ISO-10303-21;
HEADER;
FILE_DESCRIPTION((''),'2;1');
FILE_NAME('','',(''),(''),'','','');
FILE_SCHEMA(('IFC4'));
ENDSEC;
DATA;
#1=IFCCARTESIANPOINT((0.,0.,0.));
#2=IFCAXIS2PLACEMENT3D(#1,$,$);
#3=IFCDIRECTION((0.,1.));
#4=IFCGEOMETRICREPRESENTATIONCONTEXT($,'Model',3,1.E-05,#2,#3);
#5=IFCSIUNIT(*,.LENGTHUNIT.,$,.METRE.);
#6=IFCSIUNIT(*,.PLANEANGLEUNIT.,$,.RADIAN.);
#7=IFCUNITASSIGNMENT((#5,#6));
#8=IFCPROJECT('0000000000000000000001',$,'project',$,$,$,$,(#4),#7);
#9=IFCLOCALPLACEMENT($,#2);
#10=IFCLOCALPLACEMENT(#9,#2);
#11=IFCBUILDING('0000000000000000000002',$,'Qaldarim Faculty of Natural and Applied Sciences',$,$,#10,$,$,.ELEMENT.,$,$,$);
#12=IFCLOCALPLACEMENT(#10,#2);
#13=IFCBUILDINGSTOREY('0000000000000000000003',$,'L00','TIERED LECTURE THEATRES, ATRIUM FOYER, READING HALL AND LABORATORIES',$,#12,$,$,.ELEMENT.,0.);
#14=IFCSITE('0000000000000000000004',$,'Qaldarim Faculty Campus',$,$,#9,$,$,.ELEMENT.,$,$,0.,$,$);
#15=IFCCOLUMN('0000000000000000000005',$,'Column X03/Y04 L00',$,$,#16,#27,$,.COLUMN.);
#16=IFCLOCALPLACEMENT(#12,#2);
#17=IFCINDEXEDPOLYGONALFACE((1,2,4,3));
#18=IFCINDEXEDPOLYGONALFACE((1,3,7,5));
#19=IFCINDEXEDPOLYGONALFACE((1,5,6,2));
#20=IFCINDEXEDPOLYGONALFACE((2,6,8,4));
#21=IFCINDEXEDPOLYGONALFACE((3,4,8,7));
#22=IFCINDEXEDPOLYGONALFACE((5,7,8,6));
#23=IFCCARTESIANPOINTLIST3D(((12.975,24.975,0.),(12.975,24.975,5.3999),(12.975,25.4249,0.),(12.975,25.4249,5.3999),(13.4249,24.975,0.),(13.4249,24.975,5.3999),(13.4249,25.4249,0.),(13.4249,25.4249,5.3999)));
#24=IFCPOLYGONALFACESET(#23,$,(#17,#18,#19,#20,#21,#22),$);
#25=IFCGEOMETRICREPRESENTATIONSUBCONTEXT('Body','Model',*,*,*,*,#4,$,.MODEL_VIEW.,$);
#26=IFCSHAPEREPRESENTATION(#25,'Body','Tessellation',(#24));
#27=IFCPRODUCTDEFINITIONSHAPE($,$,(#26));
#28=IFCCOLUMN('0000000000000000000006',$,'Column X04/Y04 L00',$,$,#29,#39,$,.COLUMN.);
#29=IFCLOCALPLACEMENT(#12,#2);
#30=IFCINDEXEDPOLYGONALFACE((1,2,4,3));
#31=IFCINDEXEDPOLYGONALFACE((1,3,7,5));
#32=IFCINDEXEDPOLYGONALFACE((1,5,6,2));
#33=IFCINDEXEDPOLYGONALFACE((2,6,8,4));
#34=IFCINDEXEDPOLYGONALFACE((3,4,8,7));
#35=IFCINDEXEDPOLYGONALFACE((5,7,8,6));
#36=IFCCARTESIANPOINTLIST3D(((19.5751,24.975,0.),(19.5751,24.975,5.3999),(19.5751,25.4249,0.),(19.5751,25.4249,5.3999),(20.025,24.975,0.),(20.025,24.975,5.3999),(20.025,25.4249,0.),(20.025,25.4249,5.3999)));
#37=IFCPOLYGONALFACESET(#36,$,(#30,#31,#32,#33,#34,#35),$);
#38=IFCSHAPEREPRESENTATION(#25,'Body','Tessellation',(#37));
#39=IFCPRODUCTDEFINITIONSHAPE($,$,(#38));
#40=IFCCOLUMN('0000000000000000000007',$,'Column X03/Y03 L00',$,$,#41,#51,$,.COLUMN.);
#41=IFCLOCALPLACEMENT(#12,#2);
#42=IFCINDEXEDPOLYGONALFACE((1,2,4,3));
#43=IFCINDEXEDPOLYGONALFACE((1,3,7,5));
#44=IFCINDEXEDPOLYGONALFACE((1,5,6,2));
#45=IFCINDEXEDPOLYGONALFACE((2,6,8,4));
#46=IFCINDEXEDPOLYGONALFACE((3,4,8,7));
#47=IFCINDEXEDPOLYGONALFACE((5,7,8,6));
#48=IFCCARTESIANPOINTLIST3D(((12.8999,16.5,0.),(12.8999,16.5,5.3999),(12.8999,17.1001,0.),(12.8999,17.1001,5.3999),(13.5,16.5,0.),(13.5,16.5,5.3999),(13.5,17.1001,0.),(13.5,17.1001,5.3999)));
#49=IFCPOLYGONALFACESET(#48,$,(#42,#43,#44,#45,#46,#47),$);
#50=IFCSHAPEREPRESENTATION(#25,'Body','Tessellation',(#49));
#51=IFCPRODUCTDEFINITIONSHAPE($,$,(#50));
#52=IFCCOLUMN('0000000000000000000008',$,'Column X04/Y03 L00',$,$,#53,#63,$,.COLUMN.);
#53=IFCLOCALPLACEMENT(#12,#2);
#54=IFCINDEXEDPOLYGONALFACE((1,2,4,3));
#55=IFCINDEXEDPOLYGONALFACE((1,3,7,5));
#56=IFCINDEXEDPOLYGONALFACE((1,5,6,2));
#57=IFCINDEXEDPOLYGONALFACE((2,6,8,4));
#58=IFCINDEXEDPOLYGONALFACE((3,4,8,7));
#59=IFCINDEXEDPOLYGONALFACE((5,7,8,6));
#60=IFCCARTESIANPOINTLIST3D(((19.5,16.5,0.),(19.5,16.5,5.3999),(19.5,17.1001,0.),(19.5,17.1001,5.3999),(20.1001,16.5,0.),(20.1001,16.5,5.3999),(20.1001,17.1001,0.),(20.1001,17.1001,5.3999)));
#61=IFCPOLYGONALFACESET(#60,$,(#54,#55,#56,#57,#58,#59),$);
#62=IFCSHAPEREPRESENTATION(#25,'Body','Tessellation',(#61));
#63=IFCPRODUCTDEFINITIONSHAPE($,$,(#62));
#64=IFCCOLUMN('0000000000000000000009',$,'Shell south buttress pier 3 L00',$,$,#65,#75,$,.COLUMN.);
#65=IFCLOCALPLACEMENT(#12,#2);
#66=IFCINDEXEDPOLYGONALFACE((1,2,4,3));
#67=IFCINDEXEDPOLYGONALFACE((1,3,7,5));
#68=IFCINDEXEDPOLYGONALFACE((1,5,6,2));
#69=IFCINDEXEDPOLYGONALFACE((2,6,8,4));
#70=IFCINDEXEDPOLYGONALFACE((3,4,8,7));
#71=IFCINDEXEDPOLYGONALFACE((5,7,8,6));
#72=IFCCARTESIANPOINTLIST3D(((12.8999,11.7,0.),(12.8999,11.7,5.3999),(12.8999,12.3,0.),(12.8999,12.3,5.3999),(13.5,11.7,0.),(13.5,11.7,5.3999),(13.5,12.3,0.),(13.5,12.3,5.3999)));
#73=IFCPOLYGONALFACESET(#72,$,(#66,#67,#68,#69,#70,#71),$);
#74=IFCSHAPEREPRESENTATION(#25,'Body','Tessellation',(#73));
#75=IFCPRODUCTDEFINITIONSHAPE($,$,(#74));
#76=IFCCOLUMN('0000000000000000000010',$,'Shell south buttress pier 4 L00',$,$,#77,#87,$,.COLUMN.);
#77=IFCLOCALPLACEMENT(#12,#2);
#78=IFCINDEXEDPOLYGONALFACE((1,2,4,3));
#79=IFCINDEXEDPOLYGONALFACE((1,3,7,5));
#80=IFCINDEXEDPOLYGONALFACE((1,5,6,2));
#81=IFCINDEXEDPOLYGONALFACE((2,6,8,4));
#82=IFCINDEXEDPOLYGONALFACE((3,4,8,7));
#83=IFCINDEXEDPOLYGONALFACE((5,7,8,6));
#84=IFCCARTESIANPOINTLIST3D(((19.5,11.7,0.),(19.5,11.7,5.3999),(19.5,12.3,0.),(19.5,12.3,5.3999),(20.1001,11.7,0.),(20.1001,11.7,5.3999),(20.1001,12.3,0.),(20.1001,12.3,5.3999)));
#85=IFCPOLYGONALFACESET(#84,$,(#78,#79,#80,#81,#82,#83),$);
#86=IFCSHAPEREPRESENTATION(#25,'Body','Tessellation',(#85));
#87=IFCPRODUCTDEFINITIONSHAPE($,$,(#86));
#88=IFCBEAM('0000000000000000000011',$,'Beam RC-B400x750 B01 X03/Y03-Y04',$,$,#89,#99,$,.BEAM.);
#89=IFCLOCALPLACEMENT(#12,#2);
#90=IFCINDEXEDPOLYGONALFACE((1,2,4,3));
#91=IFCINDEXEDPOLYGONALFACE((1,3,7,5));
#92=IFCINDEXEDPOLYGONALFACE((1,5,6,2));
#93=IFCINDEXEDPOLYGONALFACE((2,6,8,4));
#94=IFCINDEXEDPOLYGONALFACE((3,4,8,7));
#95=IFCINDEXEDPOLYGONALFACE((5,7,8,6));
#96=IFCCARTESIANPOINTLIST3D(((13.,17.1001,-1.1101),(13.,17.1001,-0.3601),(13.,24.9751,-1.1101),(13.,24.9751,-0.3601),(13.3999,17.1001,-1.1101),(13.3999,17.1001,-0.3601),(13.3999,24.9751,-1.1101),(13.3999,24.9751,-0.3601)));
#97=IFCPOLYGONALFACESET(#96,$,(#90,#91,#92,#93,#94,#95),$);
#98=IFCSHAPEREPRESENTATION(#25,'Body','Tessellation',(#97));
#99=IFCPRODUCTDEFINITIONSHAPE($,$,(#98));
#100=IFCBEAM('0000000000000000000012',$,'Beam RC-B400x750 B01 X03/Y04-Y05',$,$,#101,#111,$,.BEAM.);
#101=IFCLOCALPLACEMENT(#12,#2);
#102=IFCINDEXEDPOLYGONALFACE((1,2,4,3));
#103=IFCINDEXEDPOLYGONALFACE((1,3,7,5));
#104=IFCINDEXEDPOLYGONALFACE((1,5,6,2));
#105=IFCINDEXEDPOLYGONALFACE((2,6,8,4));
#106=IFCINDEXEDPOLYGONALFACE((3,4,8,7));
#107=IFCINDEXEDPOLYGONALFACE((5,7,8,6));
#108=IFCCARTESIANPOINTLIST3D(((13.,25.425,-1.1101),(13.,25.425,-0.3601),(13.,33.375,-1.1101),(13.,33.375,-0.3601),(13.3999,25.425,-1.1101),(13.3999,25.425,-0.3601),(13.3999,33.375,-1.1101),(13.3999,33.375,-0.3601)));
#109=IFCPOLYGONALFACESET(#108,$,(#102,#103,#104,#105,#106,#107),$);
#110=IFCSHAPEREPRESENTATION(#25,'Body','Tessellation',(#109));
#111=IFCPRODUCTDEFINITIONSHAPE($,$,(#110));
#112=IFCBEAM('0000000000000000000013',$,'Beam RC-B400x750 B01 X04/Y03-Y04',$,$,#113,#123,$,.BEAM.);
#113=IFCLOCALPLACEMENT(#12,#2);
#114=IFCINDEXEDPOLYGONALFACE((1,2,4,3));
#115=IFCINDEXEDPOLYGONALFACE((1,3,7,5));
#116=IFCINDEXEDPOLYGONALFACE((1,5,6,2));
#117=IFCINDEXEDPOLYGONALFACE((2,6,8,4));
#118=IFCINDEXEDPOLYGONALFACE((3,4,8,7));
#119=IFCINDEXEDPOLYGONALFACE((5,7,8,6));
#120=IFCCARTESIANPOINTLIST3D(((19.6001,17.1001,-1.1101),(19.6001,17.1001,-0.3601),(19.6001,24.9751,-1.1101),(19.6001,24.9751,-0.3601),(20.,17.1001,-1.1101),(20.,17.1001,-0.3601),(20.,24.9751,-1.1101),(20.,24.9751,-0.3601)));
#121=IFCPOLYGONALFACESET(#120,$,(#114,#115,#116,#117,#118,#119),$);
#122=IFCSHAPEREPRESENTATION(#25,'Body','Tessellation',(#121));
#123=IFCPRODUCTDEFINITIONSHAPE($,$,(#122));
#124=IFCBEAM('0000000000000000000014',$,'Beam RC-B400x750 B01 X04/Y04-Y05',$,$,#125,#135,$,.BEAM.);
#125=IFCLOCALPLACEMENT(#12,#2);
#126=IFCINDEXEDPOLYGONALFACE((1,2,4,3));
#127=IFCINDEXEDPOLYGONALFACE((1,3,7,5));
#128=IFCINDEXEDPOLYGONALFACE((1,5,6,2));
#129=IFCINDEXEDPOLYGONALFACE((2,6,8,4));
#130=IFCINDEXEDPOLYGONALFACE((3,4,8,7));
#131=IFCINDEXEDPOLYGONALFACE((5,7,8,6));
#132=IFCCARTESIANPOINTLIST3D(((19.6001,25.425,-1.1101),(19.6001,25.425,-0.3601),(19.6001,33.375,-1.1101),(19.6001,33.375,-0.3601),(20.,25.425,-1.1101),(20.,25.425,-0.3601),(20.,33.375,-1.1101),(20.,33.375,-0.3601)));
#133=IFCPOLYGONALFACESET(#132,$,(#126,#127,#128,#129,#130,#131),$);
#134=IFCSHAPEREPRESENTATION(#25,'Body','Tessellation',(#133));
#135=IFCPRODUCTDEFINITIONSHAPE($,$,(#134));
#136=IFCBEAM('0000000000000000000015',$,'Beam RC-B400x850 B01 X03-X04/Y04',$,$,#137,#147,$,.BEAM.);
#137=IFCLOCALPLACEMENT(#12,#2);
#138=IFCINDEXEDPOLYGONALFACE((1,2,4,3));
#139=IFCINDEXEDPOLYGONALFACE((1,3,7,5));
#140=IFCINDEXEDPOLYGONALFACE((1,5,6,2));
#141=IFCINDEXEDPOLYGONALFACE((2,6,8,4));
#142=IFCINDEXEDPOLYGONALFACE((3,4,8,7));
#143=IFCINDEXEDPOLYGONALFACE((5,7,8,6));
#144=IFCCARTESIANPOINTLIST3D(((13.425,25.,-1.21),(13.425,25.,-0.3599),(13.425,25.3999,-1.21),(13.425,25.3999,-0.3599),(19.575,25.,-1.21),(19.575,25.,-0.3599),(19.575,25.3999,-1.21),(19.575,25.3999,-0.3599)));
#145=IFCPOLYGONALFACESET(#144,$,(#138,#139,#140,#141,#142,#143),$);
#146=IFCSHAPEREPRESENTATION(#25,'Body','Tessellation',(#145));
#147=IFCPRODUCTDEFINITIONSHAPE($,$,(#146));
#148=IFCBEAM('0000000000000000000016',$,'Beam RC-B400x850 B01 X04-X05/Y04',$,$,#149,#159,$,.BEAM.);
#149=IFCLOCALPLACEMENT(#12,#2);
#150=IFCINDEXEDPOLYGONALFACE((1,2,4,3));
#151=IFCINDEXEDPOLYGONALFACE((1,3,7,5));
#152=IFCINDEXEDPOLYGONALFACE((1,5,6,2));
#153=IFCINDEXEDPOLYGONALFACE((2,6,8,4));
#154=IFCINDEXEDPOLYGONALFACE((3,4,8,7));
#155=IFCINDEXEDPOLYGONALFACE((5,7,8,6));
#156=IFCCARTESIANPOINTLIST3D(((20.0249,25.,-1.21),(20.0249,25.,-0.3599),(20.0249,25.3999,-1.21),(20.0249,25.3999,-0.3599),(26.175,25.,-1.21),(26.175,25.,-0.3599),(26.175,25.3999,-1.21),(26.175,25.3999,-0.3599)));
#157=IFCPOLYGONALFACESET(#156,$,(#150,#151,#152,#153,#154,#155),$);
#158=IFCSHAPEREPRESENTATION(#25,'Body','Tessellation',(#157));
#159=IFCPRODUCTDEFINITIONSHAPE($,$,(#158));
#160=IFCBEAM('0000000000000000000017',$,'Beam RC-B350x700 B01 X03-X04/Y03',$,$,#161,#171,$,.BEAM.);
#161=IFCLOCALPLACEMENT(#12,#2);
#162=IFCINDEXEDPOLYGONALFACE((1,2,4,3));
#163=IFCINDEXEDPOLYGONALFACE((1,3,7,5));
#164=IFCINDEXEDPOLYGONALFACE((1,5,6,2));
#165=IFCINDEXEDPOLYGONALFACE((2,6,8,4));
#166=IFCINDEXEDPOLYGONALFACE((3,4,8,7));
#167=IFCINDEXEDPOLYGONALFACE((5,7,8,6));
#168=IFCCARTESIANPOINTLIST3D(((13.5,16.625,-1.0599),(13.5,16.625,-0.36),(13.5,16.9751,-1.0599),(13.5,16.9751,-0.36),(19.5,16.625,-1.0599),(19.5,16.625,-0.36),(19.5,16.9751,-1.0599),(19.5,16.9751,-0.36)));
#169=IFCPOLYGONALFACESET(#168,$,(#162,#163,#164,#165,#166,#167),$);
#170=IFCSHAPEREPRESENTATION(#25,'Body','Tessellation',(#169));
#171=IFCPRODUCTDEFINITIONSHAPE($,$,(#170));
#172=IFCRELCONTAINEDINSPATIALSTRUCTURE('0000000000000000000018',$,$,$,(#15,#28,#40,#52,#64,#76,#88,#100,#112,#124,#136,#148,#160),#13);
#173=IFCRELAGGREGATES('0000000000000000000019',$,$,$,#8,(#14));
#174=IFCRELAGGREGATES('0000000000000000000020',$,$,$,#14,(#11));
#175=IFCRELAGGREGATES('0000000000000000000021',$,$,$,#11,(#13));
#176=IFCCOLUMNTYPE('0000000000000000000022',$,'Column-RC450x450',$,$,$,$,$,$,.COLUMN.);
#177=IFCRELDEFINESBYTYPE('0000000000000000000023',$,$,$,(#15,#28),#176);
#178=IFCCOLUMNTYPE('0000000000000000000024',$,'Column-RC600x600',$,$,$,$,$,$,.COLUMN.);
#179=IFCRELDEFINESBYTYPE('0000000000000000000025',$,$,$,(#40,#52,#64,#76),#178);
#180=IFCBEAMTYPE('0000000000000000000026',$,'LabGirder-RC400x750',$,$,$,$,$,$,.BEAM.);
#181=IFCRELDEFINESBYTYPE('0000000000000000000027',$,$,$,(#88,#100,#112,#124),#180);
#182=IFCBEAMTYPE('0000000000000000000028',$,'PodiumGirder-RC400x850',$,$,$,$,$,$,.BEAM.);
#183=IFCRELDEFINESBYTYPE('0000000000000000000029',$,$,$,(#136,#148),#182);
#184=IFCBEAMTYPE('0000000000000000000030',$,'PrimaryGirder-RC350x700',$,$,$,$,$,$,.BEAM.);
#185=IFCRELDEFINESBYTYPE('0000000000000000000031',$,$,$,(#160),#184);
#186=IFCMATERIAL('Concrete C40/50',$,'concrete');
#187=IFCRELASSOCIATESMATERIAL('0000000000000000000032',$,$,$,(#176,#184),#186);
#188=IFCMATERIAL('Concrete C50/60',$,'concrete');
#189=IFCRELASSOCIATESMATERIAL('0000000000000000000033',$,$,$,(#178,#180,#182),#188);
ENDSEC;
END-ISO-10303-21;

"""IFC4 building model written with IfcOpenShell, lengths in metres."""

from ifc_helpers import new_model, si_unit, direction, frame, origin, origin_2d, place, context, subcontext, project, spatial, rectangle, extrude, material, material_profile, profile_set, type_object, element, save


model = new_model("IFC4")

# Units and contexts
model_context = context("Model", 3, precision=1e-05, world=origin(), true_north=direction((0.0, 1.0)))
body_context = subcontext(model_context, "Body", "Model", "MODEL_VIEW")
ifc_project = project(units=[si_unit("LENGTHUNIT", "METRE"), si_unit("PLANEANGLEUNIT", "RADIAN")], contexts=[model_context])

# Site, building, storey
site_placement = place(None, origin())
site = spatial("IfcSite", under=ifc_project, at=site_placement, Name="Qaldarim Faculty Campus", CompositionType="ELEMENT", RefElevation=0.0)
building_placement = place(site_placement, origin())
building = spatial("IfcBuilding", under=site, at=building_placement, Name="Qaldarim Faculty of Natural and Applied Sciences", CompositionType="ELEMENT")
storey_placement = place(building_placement, origin())
storey = spatial("IfcBuildingStorey", under=building, at=storey_placement, Name="L00", Description="TIERED LECTURE THEATRES, ATRIUM FOYER, READING HALL AND LABORATORIES", CompositionType="ELEMENT", Elevation=0.0)

# Columns
ifc_material_1 = material(Name="Concrete C40/50", Category="concrete")
ifc_material_profile_1 = material_profile(ifc_material_1, rectangle(XDim=0.45, YDim=0.45, at=origin_2d()), Name="RC-C450x450")
ifc_profile_set_1 = profile_set([ifc_material_profile_1], Name="Concrete C40/50")
column_type_1 = type_object("IfcColumnType", Name="Column-RC450x450", PredefinedType="COLUMN", material=ifc_profile_set_1)
for number, where, z_axis, x_axis, name in (
    (1, (13.2, 25.2, 0.0), (0.0, 0.0, 1.0), (1.0, 0.0, 0.0), "Column X03/Y04 L00"),
    (2, (19.8, 25.2, 0.0), (0.0, 0.0, 1.0), (1.0, 0.0, 0.0), "Column X04/Y04 L00"),
):
    element("IfcColumn", number, at=place(storey_placement, frame(where, z_axis=z_axis, x_axis=x_axis)), inside=storey, type_object=column_type_1, Name=name, PredefinedType="COLUMN", context=body_context, shape_type="SweptSolid", body=[
        extrude(rectangle(XDim=0.45, YDim=0.45, at=origin_2d()), origin(), (0.0, 0.0, 1.0), 5.3999),
    ])
ifc_material_2 = material(Name="Concrete C50/60", Category="concrete")
ifc_material_profile_2 = material_profile(ifc_material_2, rectangle(XDim=0.6001, YDim=0.6001, at=origin_2d()), Name="RC-C600x600")
ifc_profile_set_2 = profile_set([ifc_material_profile_2], Name="Concrete C50/60")
column_type_2 = type_object("IfcColumnType", Name="Column-RC600x600", PredefinedType="COLUMN", material=ifc_profile_set_2)
for number, where, z_axis, x_axis, name in (
    (3, (13.2, 16.8, 0.0), (0.0, 0.0, 1.0), (1.0, 0.0, 0.0), "Column X03/Y03 L00"),
    (4, (19.8, 16.8, 0.0), (0.0, 0.0, 1.0), (1.0, 0.0, 0.0), "Column X04/Y03 L00"),
    (5, (13.2, 12.0, 0.0), (0.0, 0.0, 1.0), (1.0, 0.0, 0.0), "Shell south buttress pier 3 L00"),
    (6, (19.8, 12.0, 0.0), (0.0, 0.0, 1.0), (1.0, 0.0, 0.0), "Shell south buttress pier 4 L00"),
):
    element("IfcColumn", number, at=place(storey_placement, frame(where, z_axis=z_axis, x_axis=x_axis)), inside=storey, type_object=column_type_2, Name=name, PredefinedType="COLUMN", context=body_context, shape_type="SweptSolid", body=[
        extrude(rectangle(XDim=0.6001, YDim=0.6001, at=origin_2d()), origin(), (0.0, 0.0, 1.0), 5.3999),
    ])

# Beams
ifc_material_profile_3 = material_profile(ifc_material_2, rectangle(XDim=0.3999, YDim=0.75, at=origin_2d()), Name="RC-B400x750")
ifc_profile_set_3 = profile_set([ifc_material_profile_3], Name="Concrete C50/60")
beam_type_1 = type_object("IfcBeamType", Name="LabGirder-RC400x750", PredefinedType="BEAM", material=ifc_profile_set_3)
beam_1_placement = place(storey_placement, frame((13.2, 17.1001, -0.7351), z_axis=(0.0, 1.0, 0.0), x_axis=(-1.0, 0.0, 0.0)))
element("IfcBeam", 7, at=beam_1_placement, inside=storey, type_object=beam_type_1, Name="Beam RC-B400x750 B01 X03/Y03-Y04", PredefinedType="BEAM", context=body_context, shape_type="SweptSolid", body=[
    extrude(rectangle(XDim=0.3999, YDim=0.75, at=origin_2d()), origin(), (0.0, 0.0, 1.0), 7.875),
])
beam_2_placement = place(storey_placement, frame((13.2, 25.425, -0.7351), z_axis=(0.0, 1.0, 0.0), x_axis=(-1.0, 0.0, 0.0)))
element("IfcBeam", 8, at=beam_2_placement, inside=storey, type_object=beam_type_1, Name="Beam RC-B400x750 B01 X03/Y04-Y05", PredefinedType="BEAM", context=body_context, shape_type="SweptSolid", body=[
    extrude(rectangle(XDim=0.3999, YDim=0.75, at=origin_2d()), origin(), (0.0, 0.0, 1.0), 7.95),
])
beam_3_placement = place(storey_placement, frame((19.8, 17.1001, -0.7351), z_axis=(0.0, 1.0, 0.0), x_axis=(-1.0, 0.0, 0.0)))
element("IfcBeam", 9, at=beam_3_placement, inside=storey, type_object=beam_type_1, Name="Beam RC-B400x750 B01 X04/Y03-Y04", PredefinedType="BEAM", context=body_context, shape_type="SweptSolid", body=[
    extrude(rectangle(XDim=0.3999, YDim=0.75, at=origin_2d()), origin(), (0.0, 0.0, 1.0), 7.875),
])
beam_4_placement = place(storey_placement, frame((19.8, 25.425, -0.7351), z_axis=(0.0, 1.0, 0.0), x_axis=(-1.0, 0.0, 0.0)))
element("IfcBeam", 10, at=beam_4_placement, inside=storey, type_object=beam_type_1, Name="Beam RC-B400x750 B01 X04/Y04-Y05", PredefinedType="BEAM", context=body_context, shape_type="SweptSolid", body=[
    extrude(rectangle(XDim=0.3999, YDim=0.75, at=origin_2d()), origin(), (0.0, 0.0, 1.0), 7.95),
])
ifc_material_profile_4 = material_profile(ifc_material_2, rectangle(XDim=0.3999, YDim=0.8501, at=origin_2d()), Name="RC-B400x850")
ifc_profile_set_4 = profile_set([ifc_material_profile_4], Name="Concrete C50/60")
beam_type_2 = type_object("IfcBeamType", Name="PodiumGirder-RC400x850", PredefinedType="BEAM", material=ifc_profile_set_4)
beam_5_placement = place(storey_placement, frame((13.425, 25.2, -0.7849), z_axis=(1.0, 0.0, 0.0), x_axis=(0.0, 1.0, 0.0)))
element("IfcBeam", 11, at=beam_5_placement, inside=storey, type_object=beam_type_2, Name="Beam RC-B400x850 B01 X03-X04/Y04", PredefinedType="BEAM", context=body_context, shape_type="SweptSolid", body=[
    extrude(rectangle(XDim=0.3999, YDim=0.8501, at=origin_2d()), origin(), (0.0, 0.0, 1.0), 6.1499),
])
beam_6_placement = place(storey_placement, frame((20.0249, 25.2, -0.7849), z_axis=(1.0, 0.0, 0.0), x_axis=(0.0, 1.0, 0.0)))
element("IfcBeam", 12, at=beam_6_placement, inside=storey, type_object=beam_type_2, Name="Beam RC-B400x850 B01 X04-X05/Y04", PredefinedType="BEAM", context=body_context, shape_type="SweptSolid", body=[
    extrude(rectangle(XDim=0.3999, YDim=0.8501, at=origin_2d()), origin(), (0.0, 0.0, 1.0), 6.1501),
])
ifc_material_profile_5 = material_profile(ifc_material_1, rectangle(XDim=0.3501, YDim=0.7, at=origin_2d()), Name="RC-B350x700")
ifc_profile_set_5 = profile_set([ifc_material_profile_5], Name="Concrete C40/50")
beam_type_3 = type_object("IfcBeamType", Name="PrimaryGirder-RC350x700", PredefinedType="BEAM", material=ifc_profile_set_5)
beam_7_placement = place(storey_placement, frame((13.5, 16.8, -0.71), z_axis=(1.0, 0.0, 0.0), x_axis=(0.0, 1.0, 0.0)))
element("IfcBeam", 13, at=beam_7_placement, inside=storey, type_object=beam_type_3, Name="Beam RC-B350x700 B01 X03-X04/Y03", PredefinedType="BEAM", context=body_context, shape_type="SweptSolid", body=[
    extrude(rectangle(XDim=0.3501, YDim=0.7, at=origin_2d()), origin(), (0.0, 0.0, 1.0), 6.0),
])

save(model, "model.ifc")
